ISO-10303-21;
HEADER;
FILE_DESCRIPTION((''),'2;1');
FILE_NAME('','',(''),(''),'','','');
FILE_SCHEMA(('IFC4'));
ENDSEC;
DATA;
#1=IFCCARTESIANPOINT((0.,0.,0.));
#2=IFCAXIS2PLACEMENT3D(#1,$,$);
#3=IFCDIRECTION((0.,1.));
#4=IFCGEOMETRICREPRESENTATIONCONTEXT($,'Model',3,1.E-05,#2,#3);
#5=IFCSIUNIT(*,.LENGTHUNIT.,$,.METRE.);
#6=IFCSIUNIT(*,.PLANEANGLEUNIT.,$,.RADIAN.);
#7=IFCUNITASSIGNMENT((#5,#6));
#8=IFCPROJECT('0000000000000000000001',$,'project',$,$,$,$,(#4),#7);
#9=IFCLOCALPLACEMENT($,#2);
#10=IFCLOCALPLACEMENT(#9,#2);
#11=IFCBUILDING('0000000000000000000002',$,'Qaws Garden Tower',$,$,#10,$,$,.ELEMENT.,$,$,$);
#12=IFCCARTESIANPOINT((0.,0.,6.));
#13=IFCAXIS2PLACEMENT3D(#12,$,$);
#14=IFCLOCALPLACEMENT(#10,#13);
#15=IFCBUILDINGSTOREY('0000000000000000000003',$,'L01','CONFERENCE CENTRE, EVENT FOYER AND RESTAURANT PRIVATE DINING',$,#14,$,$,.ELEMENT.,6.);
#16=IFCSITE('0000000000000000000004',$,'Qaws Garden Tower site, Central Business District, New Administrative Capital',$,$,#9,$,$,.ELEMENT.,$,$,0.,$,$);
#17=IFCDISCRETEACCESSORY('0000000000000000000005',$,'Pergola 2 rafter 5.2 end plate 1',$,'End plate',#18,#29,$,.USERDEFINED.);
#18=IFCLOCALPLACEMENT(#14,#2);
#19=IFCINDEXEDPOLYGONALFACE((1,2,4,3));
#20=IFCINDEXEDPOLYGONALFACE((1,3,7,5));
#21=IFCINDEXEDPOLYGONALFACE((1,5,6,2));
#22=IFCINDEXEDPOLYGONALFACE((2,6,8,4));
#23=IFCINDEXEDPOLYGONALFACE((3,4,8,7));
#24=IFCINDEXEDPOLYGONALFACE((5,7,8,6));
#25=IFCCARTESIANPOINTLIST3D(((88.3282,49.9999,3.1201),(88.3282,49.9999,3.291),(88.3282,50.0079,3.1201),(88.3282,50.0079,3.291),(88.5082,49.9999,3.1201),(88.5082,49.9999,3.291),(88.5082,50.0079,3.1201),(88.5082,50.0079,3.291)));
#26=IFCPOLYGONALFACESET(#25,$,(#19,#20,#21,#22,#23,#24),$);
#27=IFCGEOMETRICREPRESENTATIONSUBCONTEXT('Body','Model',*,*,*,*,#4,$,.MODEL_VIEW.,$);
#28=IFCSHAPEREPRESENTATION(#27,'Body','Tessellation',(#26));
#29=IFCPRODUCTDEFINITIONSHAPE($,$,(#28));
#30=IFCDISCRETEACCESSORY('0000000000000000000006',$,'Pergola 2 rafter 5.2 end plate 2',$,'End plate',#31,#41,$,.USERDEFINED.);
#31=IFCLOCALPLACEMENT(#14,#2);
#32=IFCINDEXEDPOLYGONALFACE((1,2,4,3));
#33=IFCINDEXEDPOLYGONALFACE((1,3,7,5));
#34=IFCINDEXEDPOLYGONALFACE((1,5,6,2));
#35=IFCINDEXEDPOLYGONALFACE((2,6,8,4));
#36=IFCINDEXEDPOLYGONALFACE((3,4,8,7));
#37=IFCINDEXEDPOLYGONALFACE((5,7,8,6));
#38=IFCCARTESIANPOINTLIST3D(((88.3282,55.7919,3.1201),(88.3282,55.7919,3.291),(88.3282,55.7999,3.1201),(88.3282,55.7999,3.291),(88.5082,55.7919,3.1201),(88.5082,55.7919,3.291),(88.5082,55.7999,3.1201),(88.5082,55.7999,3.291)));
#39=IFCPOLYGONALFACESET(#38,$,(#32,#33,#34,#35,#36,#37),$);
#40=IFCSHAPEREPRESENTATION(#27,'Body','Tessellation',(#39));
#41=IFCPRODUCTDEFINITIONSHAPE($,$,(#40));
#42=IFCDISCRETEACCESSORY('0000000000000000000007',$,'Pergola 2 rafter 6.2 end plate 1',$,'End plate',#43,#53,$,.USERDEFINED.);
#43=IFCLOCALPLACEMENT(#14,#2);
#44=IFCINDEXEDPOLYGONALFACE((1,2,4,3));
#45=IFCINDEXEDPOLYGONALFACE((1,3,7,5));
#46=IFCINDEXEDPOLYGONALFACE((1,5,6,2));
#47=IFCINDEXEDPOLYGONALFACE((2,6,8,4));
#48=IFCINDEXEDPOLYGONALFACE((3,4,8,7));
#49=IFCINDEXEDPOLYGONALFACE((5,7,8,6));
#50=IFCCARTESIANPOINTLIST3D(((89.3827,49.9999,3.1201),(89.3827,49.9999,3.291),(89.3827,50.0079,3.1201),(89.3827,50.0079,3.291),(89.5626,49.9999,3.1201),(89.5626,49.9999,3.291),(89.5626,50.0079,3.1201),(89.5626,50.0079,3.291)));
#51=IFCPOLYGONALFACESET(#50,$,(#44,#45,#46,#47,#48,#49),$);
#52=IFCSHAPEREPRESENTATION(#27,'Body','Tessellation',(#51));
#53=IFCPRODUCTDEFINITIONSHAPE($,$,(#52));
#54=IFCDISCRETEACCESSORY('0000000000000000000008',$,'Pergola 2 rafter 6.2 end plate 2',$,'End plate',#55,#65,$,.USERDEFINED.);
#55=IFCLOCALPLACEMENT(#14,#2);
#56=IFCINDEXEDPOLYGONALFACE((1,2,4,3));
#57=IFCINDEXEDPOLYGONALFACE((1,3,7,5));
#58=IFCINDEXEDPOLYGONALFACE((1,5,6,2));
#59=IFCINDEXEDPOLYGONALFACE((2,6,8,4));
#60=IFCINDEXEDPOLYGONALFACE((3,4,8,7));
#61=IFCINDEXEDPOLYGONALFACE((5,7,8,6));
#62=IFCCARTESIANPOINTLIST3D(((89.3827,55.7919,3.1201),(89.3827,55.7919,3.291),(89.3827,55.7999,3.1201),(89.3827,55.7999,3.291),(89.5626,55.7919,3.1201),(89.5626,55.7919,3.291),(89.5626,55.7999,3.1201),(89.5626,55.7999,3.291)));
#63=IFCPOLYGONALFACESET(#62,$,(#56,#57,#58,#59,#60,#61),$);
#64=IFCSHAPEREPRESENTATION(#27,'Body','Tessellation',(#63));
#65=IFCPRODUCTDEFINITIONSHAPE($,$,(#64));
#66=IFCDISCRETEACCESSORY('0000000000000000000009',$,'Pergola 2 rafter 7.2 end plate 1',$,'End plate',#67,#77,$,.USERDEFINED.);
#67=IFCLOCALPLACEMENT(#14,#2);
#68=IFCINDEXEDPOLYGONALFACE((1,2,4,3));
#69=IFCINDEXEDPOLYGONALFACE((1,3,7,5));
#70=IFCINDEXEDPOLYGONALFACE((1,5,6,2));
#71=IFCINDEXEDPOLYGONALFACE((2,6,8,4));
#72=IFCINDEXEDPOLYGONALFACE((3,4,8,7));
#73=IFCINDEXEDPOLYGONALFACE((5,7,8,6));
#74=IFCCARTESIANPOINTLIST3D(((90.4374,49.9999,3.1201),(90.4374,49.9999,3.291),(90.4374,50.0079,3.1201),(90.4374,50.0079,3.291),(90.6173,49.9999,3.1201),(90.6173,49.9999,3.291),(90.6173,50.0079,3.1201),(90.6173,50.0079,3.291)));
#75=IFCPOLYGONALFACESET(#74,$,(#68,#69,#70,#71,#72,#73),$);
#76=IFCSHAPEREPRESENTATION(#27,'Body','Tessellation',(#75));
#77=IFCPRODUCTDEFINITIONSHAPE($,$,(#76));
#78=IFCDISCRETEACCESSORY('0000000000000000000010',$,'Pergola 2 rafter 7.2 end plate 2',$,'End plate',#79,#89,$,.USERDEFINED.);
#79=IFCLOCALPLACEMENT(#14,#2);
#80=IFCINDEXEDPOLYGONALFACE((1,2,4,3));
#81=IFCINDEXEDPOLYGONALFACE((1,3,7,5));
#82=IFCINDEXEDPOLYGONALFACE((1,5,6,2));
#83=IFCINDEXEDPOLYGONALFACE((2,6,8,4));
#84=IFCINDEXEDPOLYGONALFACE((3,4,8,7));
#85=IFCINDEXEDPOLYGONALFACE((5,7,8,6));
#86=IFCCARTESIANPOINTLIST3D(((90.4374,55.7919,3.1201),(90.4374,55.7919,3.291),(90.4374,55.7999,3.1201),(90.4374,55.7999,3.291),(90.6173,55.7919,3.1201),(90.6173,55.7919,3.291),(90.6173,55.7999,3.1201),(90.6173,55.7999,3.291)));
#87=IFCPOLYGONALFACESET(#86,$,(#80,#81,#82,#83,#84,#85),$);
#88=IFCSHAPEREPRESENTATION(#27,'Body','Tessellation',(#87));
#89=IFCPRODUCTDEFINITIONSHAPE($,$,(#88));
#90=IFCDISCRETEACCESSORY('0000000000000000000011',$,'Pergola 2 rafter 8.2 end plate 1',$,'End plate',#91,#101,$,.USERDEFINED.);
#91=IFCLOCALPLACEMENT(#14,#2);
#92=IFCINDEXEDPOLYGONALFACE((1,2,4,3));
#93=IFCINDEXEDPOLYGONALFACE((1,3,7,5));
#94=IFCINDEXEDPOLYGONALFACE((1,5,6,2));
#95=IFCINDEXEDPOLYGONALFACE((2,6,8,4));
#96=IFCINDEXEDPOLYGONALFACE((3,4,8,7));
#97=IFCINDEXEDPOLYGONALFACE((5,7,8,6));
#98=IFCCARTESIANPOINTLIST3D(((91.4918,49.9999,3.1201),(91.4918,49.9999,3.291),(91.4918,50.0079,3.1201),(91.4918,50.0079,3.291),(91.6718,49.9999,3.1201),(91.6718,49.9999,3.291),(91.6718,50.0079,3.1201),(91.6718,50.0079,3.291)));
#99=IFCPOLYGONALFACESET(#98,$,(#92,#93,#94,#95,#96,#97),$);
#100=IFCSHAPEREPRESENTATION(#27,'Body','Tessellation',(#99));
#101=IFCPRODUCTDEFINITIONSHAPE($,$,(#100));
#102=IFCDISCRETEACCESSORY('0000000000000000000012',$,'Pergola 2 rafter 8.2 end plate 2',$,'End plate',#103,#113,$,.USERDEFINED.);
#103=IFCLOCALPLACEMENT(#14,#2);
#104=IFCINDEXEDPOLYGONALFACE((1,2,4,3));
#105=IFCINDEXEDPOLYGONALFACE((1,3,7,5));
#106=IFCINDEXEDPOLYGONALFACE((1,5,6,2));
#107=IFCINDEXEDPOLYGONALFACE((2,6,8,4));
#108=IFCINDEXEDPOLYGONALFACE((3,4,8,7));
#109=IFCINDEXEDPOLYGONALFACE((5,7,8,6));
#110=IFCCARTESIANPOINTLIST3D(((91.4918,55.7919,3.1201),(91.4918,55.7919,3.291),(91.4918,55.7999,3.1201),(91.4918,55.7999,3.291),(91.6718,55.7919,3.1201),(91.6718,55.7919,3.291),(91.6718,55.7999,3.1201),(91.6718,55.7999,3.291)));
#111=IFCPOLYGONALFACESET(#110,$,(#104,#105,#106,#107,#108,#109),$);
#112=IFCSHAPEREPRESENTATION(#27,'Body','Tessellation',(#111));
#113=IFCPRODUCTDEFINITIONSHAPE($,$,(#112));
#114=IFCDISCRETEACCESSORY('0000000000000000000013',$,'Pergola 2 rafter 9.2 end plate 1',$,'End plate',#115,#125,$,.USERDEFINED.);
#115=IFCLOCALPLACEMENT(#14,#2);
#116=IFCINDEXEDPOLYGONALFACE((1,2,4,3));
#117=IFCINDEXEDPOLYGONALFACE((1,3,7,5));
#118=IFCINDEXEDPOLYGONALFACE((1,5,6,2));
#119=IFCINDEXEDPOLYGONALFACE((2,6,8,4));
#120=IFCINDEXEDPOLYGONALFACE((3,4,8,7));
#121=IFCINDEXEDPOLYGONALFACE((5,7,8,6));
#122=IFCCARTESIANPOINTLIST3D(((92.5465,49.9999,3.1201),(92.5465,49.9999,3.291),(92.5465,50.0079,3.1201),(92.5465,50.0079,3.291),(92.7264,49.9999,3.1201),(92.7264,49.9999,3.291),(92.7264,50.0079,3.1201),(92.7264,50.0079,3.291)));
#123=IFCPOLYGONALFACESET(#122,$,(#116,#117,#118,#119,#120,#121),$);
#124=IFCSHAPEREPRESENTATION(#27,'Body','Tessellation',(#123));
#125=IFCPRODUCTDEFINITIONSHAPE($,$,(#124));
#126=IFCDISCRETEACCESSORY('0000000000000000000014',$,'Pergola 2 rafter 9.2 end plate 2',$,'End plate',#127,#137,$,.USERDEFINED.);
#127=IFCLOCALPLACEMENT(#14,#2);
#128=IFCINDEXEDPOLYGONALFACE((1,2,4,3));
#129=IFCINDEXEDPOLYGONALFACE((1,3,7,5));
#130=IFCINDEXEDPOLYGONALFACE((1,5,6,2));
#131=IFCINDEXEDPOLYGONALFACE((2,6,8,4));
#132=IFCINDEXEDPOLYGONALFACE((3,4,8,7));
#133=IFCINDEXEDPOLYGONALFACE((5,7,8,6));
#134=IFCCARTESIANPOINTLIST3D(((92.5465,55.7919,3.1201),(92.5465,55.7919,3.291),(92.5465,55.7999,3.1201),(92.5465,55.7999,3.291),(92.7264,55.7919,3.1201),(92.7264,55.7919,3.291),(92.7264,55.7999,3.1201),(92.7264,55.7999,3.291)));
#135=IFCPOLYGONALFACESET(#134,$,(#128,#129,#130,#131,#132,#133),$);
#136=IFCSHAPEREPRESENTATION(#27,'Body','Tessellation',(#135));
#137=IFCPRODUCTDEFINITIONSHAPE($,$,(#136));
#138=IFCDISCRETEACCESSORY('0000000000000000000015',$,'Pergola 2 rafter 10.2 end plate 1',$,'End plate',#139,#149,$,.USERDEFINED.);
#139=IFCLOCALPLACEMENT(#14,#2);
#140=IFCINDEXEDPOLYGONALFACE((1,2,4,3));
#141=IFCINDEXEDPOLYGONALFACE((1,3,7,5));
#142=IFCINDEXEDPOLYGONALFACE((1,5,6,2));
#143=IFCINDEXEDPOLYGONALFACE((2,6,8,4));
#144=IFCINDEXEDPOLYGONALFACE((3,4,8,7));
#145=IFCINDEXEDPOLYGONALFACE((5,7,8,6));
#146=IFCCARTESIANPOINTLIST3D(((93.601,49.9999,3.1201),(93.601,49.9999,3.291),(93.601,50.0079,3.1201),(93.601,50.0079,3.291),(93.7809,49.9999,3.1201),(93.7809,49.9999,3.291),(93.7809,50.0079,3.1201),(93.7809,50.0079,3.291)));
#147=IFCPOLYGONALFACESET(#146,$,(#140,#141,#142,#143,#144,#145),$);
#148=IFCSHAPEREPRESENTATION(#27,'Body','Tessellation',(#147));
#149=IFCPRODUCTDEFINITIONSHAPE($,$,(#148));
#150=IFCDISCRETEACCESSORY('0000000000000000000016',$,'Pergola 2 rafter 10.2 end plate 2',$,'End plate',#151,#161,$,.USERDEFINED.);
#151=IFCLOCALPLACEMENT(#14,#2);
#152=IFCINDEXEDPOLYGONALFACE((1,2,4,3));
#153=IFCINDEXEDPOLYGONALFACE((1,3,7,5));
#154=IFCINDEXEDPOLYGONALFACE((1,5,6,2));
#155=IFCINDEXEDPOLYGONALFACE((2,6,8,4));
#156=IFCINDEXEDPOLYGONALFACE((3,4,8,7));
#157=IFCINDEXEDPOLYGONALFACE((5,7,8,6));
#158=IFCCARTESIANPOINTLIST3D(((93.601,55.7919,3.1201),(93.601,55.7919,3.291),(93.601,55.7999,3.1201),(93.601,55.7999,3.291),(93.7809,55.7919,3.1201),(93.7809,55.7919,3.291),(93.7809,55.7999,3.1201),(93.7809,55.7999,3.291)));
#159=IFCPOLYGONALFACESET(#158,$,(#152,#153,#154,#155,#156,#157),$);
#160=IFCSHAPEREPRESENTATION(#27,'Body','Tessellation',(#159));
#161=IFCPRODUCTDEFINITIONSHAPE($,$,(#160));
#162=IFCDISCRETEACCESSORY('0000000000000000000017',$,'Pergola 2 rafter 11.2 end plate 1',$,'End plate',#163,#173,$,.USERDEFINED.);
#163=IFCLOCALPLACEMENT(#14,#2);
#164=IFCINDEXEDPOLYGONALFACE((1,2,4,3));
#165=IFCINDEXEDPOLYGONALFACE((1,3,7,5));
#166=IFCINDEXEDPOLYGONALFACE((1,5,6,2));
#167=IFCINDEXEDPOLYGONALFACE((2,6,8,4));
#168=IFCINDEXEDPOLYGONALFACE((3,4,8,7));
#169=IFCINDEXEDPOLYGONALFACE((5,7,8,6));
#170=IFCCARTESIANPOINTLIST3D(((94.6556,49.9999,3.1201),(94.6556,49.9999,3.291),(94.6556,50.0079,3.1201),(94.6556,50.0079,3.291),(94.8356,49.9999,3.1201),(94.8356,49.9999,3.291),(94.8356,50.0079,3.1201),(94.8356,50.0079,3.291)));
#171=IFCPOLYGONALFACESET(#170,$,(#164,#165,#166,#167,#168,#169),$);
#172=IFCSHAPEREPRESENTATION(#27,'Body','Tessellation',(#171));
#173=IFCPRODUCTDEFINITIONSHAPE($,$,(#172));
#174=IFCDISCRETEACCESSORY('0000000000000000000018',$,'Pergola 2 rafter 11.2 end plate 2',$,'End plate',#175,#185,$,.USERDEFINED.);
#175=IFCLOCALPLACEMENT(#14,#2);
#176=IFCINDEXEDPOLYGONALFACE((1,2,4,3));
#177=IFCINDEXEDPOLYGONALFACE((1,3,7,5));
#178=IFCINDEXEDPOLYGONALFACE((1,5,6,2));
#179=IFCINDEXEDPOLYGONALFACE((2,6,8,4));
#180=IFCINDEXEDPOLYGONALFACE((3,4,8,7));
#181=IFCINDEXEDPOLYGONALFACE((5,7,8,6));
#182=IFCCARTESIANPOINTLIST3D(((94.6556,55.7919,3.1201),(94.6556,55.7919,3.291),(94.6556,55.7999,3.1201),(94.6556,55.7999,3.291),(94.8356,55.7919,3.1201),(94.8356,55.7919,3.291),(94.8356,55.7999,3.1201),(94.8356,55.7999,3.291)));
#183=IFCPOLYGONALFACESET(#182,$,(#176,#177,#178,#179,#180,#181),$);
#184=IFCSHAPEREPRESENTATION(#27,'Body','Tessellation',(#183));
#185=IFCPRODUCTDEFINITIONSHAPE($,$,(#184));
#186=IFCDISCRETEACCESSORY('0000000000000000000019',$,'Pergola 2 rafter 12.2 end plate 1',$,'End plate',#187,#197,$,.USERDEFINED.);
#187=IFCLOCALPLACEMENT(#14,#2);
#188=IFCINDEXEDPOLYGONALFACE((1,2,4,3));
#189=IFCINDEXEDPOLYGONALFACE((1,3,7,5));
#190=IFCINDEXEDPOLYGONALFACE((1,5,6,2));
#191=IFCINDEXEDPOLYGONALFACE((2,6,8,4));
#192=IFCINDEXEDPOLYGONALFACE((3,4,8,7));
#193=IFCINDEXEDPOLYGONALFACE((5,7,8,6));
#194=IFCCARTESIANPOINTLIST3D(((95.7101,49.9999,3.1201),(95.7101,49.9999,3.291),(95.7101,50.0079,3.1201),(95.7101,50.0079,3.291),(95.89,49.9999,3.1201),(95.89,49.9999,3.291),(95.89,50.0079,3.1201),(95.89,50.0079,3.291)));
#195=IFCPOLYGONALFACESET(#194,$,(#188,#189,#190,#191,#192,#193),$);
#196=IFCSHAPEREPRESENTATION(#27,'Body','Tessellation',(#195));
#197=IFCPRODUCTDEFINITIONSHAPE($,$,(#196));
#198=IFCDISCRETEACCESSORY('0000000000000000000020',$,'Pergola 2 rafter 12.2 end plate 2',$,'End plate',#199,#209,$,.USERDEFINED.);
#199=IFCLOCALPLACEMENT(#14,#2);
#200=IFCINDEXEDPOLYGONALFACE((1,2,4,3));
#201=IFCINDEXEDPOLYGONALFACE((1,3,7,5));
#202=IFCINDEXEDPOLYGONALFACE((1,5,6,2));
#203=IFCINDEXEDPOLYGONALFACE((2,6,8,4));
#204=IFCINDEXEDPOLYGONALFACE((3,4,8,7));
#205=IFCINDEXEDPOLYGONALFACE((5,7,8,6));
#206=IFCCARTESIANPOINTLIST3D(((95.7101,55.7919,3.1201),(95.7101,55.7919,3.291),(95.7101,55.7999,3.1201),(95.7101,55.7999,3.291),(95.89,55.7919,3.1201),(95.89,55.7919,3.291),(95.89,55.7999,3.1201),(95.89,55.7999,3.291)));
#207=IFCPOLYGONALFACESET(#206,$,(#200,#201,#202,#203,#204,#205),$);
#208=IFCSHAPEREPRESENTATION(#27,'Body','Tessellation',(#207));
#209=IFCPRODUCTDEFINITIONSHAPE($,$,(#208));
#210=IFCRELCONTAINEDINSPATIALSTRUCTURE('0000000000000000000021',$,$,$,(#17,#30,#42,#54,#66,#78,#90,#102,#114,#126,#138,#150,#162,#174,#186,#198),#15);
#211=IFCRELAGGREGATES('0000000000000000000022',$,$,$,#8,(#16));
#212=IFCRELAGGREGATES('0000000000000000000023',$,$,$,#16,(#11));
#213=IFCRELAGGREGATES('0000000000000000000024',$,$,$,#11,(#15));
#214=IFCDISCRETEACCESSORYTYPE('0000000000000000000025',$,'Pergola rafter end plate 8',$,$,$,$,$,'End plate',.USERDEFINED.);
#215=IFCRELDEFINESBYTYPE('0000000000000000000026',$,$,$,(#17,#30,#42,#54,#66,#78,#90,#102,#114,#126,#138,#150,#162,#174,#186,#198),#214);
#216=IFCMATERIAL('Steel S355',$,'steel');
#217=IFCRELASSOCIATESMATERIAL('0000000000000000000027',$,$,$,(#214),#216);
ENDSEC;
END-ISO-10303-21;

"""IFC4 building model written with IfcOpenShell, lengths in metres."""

from ifc_helpers import new_model, si_unit, direction, frame, origin, origin_2d, place, context, subcontext, project, spatial, rectangle, extrude, material, type_object, element, save


model = new_model("IFC4")

# Units and contexts
model_context = context("Model", 3, precision=1e-05, world=origin(), true_north=direction((0.0, 1.0)))
body_context = subcontext(model_context, "Body", "Model", "MODEL_VIEW")
ifc_project = project(units=[si_unit("LENGTHUNIT", "METRE"), si_unit("PLANEANGLEUNIT", "RADIAN")], contexts=[model_context])

# Site, building, storey
site_placement = place(None, origin())
site = spatial("IfcSite", under=ifc_project, at=site_placement, Name="Qaws Garden Tower site, Central Business District, New Administrative Capital", CompositionType="ELEMENT", RefElevation=0.0)
building_placement = place(site_placement, origin())
building = spatial("IfcBuilding", under=site, at=building_placement, Name="Qaws Garden Tower", CompositionType="ELEMENT")
storey_placement = place(building_placement, frame((0.0, 0.0, 6.0)))
storey = spatial("IfcBuildingStorey", under=building, at=storey_placement, Name="L01", Description="CONFERENCE CENTRE, EVENT FOYER AND RESTAURANT PRIVATE DINING", CompositionType="ELEMENT", Elevation=6.0)

# Discrete accessories
ifc_material_1 = material(Name="Steel S355", Category="steel")
discrete_accessory_type = type_object("IfcDiscreteAccessoryType", Name="Pergola rafter end plate 8", ElementType="End plate", PredefinedType="USERDEFINED", material=ifc_material_1)
for number, where, z_axis, x_axis, name in (
    (1, (88.4182, 50.0039, 3.1201), (0.0, 0.0, 1.0), (1.0, 0.0, 0.0), "Pergola 2 rafter 5.2 end plate 1"),
    (2, (88.4182, 55.7959, 3.1201), (0.0, 0.0, 1.0), (1.0, 0.0, 0.0), "Pergola 2 rafter 5.2 end plate 2"),
    (3, (89.4727, 50.0039, 3.1201), (0.0, 0.0, 1.0), (1.0, 0.0, 0.0), "Pergola 2 rafter 6.2 end plate 1"),
    (4, (89.4727, 55.7959, 3.1201), (0.0, 0.0, 1.0), (1.0, 0.0, 0.0), "Pergola 2 rafter 6.2 end plate 2"),
    (5, (90.5273, 50.0039, 3.1201), (0.0, 0.0, 1.0), (1.0, 0.0, 0.0), "Pergola 2 rafter 7.2 end plate 1"),
    (6, (90.5273, 55.7959, 3.1201), (0.0, 0.0, 1.0), (1.0, 0.0, 0.0), "Pergola 2 rafter 7.2 end plate 2"),
    (7, (91.5818, 50.0039, 3.1201), (0.0, 0.0, 1.0), (1.0, 0.0, 0.0), "Pergola 2 rafter 8.2 end plate 1"),
    (8, (91.5818, 55.7959, 3.1201), (0.0, 0.0, 1.0), (1.0, 0.0, 0.0), "Pergola 2 rafter 8.2 end plate 2"),
    (9, (92.6365, 50.0039, 3.1201), (0.0, 0.0, 1.0), (1.0, 0.0, 0.0), "Pergola 2 rafter 9.2 end plate 1"),
    (10, (92.6365, 55.7959, 3.1201), (0.0, 0.0, 1.0), (1.0, 0.0, 0.0), "Pergola 2 rafter 9.2 end plate 2"),
    (11, (93.6909, 50.0039, 3.1201), (0.0, 0.0, 1.0), (1.0, 0.0, 0.0), "Pergola 2 rafter 10.2 end plate 1"),
    (12, (93.6909, 55.7959, 3.1201), (0.0, 0.0, 1.0), (1.0, 0.0, 0.0), "Pergola 2 rafter 10.2 end plate 2"),
    (13, (94.7456, 50.0039, 3.1201), (0.0, 0.0, 1.0), (1.0, 0.0, 0.0), "Pergola 2 rafter 11.2 end plate 1"),
    (14, (94.7456, 55.7959, 3.1201), (0.0, 0.0, 1.0), (1.0, 0.0, 0.0), "Pergola 2 rafter 11.2 end plate 2"),
    (15, (95.8, 50.0039, 3.1201), (0.0, 0.0, 1.0), (1.0, 0.0, 0.0), "Pergola 2 rafter 12.2 end plate 1"),
    (16, (95.8, 55.7959, 3.1201), (0.0, 0.0, 1.0), (1.0, 0.0, 0.0), "Pergola 2 rafter 12.2 end plate 2"),
):
    element("IfcDiscreteAccessory", number, at=place(storey_placement, frame(where, z_axis=z_axis, x_axis=x_axis)), inside=storey, type_object=discrete_accessory_type, Name=name, ObjectType="End plate", PredefinedType="USERDEFINED", context=body_context, shape_type="SweptSolid", body=[
        extrude(rectangle(XDim=0.1799, YDim=0.0081, at=origin_2d()), origin(), (0.0, 0.0, 1.0), 0.1709),
    ])

save(model, "model.ifc")
